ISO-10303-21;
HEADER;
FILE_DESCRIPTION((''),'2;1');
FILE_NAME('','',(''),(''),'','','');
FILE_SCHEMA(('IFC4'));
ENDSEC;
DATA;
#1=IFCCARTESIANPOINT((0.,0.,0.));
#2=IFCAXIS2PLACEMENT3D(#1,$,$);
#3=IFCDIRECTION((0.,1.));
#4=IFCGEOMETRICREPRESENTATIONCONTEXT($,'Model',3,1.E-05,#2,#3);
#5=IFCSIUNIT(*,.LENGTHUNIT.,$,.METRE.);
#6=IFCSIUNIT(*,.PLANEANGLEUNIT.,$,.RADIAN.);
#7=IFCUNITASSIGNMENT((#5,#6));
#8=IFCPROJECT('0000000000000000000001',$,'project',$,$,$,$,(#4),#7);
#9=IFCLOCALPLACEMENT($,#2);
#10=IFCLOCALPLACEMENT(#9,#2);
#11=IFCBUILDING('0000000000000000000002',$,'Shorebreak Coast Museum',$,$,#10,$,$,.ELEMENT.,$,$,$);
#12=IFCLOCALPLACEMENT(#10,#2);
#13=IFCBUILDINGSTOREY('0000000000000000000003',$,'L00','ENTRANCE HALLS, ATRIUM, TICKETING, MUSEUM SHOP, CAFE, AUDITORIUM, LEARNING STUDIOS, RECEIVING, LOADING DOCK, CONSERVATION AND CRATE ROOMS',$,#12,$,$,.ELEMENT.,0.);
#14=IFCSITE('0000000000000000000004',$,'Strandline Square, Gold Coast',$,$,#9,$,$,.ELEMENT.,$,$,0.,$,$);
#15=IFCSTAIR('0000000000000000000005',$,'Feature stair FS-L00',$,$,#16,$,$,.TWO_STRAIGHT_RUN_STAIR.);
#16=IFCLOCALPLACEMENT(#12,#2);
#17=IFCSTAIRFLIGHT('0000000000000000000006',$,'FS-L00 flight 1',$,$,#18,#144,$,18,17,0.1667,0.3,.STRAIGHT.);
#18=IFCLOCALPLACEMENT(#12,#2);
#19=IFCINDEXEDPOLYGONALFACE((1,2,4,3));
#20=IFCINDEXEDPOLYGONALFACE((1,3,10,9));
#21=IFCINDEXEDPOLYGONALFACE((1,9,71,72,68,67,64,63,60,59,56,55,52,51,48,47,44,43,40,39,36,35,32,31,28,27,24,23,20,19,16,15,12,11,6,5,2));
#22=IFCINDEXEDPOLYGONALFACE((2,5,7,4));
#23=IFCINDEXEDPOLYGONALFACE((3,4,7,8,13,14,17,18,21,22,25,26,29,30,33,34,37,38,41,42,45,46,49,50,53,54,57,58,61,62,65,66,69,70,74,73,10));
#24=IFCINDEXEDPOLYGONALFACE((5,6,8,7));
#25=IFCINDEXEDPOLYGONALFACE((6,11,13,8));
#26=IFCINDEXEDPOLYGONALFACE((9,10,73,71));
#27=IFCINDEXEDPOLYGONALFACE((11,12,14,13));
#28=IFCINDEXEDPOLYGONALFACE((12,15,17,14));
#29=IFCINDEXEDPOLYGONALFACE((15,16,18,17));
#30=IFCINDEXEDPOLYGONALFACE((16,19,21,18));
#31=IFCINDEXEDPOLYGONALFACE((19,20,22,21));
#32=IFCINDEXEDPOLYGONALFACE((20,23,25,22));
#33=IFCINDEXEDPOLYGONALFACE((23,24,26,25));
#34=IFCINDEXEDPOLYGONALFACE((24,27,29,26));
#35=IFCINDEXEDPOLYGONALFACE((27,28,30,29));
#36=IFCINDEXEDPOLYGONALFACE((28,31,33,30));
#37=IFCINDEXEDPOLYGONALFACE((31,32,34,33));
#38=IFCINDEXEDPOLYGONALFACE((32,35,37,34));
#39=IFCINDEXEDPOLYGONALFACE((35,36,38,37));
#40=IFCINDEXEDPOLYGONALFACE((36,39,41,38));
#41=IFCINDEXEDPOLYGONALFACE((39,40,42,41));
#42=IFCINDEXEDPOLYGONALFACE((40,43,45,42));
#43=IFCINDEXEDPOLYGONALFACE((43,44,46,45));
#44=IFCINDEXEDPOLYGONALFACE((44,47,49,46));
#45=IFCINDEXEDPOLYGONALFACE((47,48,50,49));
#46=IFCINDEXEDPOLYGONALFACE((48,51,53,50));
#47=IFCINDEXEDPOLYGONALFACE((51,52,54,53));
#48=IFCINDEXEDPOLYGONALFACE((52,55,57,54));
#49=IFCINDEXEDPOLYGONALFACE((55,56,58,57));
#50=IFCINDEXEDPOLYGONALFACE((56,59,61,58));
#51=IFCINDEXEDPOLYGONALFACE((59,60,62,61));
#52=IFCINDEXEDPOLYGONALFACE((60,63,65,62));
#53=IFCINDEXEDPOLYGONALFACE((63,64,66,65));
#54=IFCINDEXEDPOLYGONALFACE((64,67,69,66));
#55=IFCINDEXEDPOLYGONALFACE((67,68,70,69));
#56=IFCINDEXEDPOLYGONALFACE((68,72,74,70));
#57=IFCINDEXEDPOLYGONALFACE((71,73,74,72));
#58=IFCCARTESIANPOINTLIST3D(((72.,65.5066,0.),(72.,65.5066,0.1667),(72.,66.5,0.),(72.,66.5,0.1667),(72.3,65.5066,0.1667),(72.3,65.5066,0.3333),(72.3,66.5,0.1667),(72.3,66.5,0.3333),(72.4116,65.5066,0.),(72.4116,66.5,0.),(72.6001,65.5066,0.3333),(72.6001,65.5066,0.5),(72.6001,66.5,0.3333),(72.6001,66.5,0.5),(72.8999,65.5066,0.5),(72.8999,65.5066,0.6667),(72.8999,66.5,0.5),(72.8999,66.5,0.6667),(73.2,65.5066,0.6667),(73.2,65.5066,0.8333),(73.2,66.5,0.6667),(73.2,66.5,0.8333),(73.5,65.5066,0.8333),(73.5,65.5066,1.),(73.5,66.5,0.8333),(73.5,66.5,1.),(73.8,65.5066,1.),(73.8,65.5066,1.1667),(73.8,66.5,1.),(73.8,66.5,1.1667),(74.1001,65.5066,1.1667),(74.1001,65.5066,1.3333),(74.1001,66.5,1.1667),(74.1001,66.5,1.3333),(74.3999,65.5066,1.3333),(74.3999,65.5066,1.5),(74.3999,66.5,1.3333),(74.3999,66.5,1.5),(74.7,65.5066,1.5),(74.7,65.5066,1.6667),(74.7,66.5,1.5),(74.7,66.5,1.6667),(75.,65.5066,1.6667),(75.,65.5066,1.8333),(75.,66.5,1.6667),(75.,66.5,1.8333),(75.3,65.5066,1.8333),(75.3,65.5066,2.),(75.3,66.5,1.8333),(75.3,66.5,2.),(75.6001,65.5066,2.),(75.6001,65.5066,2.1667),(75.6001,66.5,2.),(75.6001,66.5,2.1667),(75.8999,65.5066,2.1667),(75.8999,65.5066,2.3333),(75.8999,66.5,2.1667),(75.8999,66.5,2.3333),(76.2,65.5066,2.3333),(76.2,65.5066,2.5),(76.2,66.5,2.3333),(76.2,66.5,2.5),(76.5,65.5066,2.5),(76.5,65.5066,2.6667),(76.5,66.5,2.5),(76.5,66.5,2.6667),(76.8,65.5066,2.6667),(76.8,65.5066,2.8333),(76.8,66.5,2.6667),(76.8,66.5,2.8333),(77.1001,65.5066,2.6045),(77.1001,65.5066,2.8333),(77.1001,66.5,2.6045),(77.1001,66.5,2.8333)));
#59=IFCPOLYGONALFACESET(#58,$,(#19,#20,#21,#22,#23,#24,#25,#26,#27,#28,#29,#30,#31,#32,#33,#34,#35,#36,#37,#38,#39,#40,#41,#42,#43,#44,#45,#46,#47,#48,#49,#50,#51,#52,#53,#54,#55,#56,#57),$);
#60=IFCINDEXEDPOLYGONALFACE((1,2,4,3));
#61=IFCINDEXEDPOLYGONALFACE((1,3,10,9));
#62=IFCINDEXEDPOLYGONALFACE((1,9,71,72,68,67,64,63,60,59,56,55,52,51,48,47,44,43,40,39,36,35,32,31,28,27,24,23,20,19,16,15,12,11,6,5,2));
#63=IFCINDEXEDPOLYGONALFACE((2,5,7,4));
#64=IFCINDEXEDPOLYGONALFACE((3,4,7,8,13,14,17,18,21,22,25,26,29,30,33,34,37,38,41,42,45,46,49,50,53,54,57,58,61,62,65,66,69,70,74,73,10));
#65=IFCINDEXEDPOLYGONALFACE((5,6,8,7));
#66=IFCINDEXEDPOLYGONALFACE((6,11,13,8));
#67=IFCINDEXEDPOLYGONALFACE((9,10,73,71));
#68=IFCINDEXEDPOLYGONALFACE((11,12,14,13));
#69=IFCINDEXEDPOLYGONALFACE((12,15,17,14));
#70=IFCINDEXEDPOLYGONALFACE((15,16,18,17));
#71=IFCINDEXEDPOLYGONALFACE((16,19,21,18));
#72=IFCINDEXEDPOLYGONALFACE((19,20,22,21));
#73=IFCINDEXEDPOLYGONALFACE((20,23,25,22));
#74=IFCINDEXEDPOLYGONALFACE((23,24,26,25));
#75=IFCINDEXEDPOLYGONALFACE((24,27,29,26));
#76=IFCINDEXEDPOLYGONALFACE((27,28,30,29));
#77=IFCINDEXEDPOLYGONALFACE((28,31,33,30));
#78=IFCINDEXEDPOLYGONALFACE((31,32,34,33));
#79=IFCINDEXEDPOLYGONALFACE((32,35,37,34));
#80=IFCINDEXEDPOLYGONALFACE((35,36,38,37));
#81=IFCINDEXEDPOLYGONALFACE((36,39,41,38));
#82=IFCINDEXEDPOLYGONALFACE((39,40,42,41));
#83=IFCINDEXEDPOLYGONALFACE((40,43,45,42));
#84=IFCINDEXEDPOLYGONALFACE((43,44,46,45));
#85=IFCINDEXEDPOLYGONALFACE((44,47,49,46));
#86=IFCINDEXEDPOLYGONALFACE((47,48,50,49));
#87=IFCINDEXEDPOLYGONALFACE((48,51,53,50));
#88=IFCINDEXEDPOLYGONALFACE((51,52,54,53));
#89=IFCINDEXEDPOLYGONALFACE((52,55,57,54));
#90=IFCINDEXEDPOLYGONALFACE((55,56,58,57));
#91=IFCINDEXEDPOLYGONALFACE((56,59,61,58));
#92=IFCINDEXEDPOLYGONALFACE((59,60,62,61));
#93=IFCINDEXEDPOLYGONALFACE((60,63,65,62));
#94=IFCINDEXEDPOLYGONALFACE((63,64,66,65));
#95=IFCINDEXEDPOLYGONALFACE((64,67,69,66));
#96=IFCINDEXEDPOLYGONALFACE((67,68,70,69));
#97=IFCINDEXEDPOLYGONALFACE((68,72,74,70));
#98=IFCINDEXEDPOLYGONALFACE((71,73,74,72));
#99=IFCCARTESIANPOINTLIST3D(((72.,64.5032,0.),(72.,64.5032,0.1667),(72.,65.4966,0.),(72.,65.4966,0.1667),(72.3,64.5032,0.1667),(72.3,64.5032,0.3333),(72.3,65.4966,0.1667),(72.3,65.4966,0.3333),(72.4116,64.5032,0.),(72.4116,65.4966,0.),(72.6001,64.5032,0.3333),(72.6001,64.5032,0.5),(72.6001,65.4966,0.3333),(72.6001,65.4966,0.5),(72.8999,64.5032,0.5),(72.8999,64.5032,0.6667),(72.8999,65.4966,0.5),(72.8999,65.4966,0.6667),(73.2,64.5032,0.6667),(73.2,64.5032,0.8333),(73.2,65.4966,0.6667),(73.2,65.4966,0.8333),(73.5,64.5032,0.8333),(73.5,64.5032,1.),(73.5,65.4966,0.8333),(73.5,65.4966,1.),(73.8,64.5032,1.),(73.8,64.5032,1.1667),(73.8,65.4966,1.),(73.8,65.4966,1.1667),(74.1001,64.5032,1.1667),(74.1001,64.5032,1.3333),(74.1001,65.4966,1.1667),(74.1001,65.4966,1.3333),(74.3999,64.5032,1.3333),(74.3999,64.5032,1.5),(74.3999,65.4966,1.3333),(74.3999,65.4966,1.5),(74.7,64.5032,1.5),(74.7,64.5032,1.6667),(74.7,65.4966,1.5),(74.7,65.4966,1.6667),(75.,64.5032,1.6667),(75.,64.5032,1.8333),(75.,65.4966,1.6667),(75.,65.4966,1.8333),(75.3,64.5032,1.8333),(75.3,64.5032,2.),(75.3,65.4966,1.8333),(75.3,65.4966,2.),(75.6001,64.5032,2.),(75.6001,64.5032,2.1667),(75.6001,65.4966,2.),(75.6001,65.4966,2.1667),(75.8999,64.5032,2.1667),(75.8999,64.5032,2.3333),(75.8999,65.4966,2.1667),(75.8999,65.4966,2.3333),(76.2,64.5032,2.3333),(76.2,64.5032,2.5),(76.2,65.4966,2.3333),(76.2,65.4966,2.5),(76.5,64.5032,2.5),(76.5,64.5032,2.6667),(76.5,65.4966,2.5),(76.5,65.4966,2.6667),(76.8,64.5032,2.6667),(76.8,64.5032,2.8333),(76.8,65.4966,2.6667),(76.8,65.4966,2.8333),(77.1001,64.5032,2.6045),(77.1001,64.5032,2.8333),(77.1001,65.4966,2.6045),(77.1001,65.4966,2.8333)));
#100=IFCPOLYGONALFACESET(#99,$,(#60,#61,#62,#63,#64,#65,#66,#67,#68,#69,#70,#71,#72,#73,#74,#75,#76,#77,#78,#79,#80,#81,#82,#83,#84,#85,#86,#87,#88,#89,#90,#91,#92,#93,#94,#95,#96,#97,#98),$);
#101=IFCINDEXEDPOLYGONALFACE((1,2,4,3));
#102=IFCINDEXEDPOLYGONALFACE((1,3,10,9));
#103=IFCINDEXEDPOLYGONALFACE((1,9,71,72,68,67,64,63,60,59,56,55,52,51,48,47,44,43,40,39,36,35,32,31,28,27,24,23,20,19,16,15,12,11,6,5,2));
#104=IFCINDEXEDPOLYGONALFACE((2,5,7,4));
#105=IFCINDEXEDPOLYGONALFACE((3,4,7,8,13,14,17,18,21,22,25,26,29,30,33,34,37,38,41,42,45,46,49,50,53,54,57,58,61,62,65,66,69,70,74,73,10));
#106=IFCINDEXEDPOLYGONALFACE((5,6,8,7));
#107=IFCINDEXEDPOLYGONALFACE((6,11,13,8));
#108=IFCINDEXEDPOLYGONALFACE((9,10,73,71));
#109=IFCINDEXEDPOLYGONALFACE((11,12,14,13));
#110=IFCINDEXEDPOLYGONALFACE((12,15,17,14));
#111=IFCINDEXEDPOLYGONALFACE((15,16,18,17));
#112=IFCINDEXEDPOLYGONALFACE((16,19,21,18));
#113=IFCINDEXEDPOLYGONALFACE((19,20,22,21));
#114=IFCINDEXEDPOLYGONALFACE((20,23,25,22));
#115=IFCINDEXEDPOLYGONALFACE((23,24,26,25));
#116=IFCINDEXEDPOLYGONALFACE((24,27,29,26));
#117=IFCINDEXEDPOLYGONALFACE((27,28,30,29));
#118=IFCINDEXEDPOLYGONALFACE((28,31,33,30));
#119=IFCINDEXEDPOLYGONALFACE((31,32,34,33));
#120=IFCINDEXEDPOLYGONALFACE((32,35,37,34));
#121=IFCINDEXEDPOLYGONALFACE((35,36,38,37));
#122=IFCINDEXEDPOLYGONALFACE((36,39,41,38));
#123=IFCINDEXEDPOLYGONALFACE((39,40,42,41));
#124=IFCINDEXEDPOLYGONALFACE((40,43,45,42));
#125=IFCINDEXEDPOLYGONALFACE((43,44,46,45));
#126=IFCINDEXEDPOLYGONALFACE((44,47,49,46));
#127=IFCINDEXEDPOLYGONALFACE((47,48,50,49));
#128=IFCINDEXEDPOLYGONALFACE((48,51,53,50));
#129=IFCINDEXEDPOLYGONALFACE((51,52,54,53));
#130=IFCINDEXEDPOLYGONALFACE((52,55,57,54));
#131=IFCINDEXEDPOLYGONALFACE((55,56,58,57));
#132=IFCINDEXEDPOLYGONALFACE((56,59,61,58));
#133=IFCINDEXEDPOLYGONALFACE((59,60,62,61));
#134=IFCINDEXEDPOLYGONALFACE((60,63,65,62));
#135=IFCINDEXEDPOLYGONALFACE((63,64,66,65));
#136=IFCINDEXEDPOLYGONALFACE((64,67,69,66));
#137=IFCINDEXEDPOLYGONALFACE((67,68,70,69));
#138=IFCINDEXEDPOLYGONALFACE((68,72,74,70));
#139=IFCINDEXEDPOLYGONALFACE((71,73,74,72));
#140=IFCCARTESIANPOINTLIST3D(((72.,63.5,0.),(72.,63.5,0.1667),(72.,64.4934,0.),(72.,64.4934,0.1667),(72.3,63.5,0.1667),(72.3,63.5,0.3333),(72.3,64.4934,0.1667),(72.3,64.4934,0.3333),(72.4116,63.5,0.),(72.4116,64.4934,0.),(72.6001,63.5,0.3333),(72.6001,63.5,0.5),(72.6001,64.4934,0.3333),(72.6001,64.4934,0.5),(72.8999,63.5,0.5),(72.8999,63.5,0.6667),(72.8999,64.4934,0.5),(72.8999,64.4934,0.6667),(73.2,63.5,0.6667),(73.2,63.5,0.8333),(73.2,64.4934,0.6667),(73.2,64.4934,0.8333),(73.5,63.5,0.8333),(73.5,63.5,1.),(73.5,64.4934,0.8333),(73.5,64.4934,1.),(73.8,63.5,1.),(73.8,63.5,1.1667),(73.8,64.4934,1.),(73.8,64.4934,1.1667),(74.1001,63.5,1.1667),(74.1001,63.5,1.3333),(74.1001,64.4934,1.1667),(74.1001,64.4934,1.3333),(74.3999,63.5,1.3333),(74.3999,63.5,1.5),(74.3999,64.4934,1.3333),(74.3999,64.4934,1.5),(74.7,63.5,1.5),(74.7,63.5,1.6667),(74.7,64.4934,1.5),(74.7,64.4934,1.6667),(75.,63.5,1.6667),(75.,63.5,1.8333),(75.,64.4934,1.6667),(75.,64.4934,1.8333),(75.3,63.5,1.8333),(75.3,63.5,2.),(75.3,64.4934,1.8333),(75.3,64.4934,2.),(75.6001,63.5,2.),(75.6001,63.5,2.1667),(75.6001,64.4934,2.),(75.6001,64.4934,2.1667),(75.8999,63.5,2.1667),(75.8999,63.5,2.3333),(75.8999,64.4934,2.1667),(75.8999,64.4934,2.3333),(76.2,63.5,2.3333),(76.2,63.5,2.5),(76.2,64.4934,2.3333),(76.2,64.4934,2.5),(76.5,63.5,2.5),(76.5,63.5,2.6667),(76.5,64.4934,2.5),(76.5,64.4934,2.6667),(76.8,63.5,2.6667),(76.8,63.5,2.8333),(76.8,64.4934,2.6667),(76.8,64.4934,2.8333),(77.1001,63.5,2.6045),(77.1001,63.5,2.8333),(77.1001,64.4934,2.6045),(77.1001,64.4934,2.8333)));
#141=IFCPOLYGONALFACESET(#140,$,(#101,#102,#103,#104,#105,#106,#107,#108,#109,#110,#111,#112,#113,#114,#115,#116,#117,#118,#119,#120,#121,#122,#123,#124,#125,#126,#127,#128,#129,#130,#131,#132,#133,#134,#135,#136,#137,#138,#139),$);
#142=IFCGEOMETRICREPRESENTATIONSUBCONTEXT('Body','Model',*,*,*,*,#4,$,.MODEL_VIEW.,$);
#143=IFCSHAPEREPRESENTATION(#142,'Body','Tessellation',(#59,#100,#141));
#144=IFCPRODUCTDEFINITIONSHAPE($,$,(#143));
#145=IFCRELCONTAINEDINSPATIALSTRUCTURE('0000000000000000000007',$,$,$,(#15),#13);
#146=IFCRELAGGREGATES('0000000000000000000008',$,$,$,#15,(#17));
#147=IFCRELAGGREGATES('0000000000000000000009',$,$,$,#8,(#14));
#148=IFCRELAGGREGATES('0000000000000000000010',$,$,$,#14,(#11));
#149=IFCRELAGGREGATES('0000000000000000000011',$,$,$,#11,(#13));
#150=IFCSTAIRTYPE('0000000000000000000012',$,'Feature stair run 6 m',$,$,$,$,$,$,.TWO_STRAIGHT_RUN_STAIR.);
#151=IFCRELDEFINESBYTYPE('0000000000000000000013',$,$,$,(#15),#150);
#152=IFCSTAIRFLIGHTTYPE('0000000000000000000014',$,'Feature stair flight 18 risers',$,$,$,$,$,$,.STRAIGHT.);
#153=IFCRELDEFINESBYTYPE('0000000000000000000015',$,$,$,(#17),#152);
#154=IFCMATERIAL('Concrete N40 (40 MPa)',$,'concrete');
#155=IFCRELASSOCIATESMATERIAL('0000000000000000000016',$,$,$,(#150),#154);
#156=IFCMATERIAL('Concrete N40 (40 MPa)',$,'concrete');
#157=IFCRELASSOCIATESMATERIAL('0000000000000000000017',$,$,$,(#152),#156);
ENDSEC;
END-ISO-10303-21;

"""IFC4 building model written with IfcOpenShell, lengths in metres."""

from ifc_helpers import new_model, si_unit, direction, frame, origin, place, context, subcontext, project, spatial, polyline, outline, extrude, material, type_object, element, aggregate, save


model = new_model("IFC4")

# Units and contexts
model_context = context("Model", 3, precision=1e-05, world=origin(), true_north=direction((0.0, 1.0)))
body_context = subcontext(model_context, "Body", "Model", "MODEL_VIEW")
ifc_project = project(units=[si_unit("LENGTHUNIT", "METRE"), si_unit("PLANEANGLEUNIT", "RADIAN")], contexts=[model_context])

# Site, building, storey
site_placement = place(None, origin())
site = spatial("IfcSite", under=ifc_project, at=site_placement, Name="Strandline Square, Gold Coast", CompositionType="ELEMENT", RefElevation=0.0)
building_placement = place(site_placement, origin())
building = spatial("IfcBuilding", under=site, at=building_placement, Name="Shorebreak Coast Museum", CompositionType="ELEMENT")
storey_placement = place(building_placement, origin())
storey = spatial("IfcBuildingStorey", under=building, at=storey_placement, Name="L00", Description="ENTRANCE HALLS, ATRIUM, TICKETING, MUSEUM SHOP, CAFE, AUDITORIUM, LEARNING STUDIOS, RECEIVING, LOADING DOCK, CONSERVATION AND CRATE ROOMS", CompositionType="ELEMENT", Elevation=0.0)

# Stair, stair flight
ifc_material_1 = material(Name="Concrete N40 (40 MPa)", Category="concrete")
stair_type = type_object("IfcStairType", Name="Feature stair run 6 m", PredefinedType="TWO_STRAIGHT_RUN_STAIR", material=ifc_material_1)
stair_placement = place(storey_placement, origin())
stair = element("IfcStair", 1, at=stair_placement, inside=storey, type_object=stair_type, Name="Feature stair FS-L00", PredefinedType="TWO_STRAIGHT_RUN_STAIR")
ifc_material_2 = material(Name="Concrete N40 (40 MPa)", Category="concrete")
stair_flight_type = type_object("IfcStairFlightType", Name="Feature stair flight 18 risers", PredefinedType="STRAIGHT", material=ifc_material_2)
stair_flight_placement = place(storey_placement, frame((72.0, 65.0, 0.0), z_axis=(0.0, 0.0, 1.0), x_axis=(1.0, 0.0, 0.0)))
stair_flight = element("IfcStairFlight", 2, at=stair_flight_placement, type_object=stair_flight_type, Name="FS-L00 flight 1", NumberOfRisers=18, NumberOfTreads=17, PredefinedType="STRAIGHT", RiserHeight=0.1667, TreadLength=0.3, context=body_context, shape_type="SweptSolid", body=[
    extrude(outline(polyline([(0.0, 0.0), (0.0, 0.1667), (0.3, 0.1667), (0.3, 0.3333), (0.6001, 0.3333), (0.6001, 0.5), (0.8999, 0.5), (0.8999, 0.6667), (1.2, 0.6667), (1.2, 0.8333), (1.5, 0.8333), (1.5, 1.0), (1.8, 1.0), (1.8, 1.1667), (2.1001, 1.1667), (2.1001, 1.3333), (2.3999, 1.3333), (2.3999, 1.5), (2.7, 1.5), (2.7, 1.6667), (3.0, 1.6667), (3.0, 1.8333), (3.3, 1.8333), (3.3, 2.0), (3.6001, 2.0), (3.6001, 2.1667), (3.8999, 2.1667), (3.8999, 2.3333), (4.2, 2.3333), (4.2, 2.5), (4.5, 2.5), (4.5, 2.6667), (4.8, 2.6667), (4.8, 2.8333), (5.1001, 2.8333), (5.1001, 3.0), (5.1001, 2.6045), (0.4116, 0.0), (0.0, 0.0)])), frame((0.0, 1.5, 0.0), z_axis=(0.0, -1.0, 0.0), x_axis=(1.0, 0.0, 0.0)), (0.0, 0.0, 1.0), 0.9934),
    extrude(outline(polyline([(0.0, 0.0), (0.0, 0.1667), (0.3, 0.1667), (0.3, 0.3333), (0.6001, 0.3333), (0.6001, 0.5), (0.8999, 0.5), (0.8999, 0.6667), (1.2, 0.6667), (1.2, 0.8333), (1.5, 0.8333), (1.5, 1.0), (1.8, 1.0), (1.8, 1.1667), (2.1001, 1.1667), (2.1001, 1.3333), (2.3999, 1.3333), (2.3999, 1.5), (2.7, 1.5), (2.7, 1.6667), (3.0, 1.6667), (3.0, 1.8333), (3.3, 1.8333), (3.3, 2.0), (3.6001, 2.0), (3.6001, 2.1667), (3.8999, 2.1667), (3.8999, 2.3333), (4.2, 2.3333), (4.2, 2.5), (4.5, 2.5), (4.5, 2.6667), (4.8, 2.6667), (4.8, 2.8333), (5.1001, 2.8333), (5.1001, 3.0), (5.1001, 2.6045), (0.4116, 0.0), (0.0, 0.0)])), frame((0.0, 0.4966, 0.0), z_axis=(0.0, -1.0, 0.0), x_axis=(1.0, 0.0, 0.0)), (0.0, 0.0, 1.0), 0.9934),
    extrude(outline(polyline([(0.0, 0.0), (0.0, 0.1667), (0.3, 0.1667), (0.3, 0.3333), (0.6001, 0.3333), (0.6001, 0.5), (0.8999, 0.5), (0.8999, 0.6667), (1.2, 0.6667), (1.2, 0.8333), (1.5, 0.8333), (1.5, 1.0), (1.8, 1.0), (1.8, 1.1667), (2.1001, 1.1667), (2.1001, 1.3333), (2.3999, 1.3333), (2.3999, 1.5), (2.7, 1.5), (2.7, 1.6667), (3.0, 1.6667), (3.0, 1.8333), (3.3, 1.8333), (3.3, 2.0), (3.6001, 2.0), (3.6001, 2.1667), (3.8999, 2.1667), (3.8999, 2.3333), (4.2, 2.3333), (4.2, 2.5), (4.5, 2.5), (4.5, 2.6667), (4.8, 2.6667), (4.8, 2.8333), (5.1001, 2.8333), (5.1001, 3.0), (5.1001, 2.6045), (0.4116, 0.0), (0.0, 0.0)])), frame((0.0, -0.5066, 0.0), z_axis=(0.0, -1.0, 0.0), x_axis=(1.0, 0.0, 0.0)), (0.0, 0.0, 1.0), 0.9934),
])
aggregate(stair, [stair_flight])

save(model, "model.ifc")
